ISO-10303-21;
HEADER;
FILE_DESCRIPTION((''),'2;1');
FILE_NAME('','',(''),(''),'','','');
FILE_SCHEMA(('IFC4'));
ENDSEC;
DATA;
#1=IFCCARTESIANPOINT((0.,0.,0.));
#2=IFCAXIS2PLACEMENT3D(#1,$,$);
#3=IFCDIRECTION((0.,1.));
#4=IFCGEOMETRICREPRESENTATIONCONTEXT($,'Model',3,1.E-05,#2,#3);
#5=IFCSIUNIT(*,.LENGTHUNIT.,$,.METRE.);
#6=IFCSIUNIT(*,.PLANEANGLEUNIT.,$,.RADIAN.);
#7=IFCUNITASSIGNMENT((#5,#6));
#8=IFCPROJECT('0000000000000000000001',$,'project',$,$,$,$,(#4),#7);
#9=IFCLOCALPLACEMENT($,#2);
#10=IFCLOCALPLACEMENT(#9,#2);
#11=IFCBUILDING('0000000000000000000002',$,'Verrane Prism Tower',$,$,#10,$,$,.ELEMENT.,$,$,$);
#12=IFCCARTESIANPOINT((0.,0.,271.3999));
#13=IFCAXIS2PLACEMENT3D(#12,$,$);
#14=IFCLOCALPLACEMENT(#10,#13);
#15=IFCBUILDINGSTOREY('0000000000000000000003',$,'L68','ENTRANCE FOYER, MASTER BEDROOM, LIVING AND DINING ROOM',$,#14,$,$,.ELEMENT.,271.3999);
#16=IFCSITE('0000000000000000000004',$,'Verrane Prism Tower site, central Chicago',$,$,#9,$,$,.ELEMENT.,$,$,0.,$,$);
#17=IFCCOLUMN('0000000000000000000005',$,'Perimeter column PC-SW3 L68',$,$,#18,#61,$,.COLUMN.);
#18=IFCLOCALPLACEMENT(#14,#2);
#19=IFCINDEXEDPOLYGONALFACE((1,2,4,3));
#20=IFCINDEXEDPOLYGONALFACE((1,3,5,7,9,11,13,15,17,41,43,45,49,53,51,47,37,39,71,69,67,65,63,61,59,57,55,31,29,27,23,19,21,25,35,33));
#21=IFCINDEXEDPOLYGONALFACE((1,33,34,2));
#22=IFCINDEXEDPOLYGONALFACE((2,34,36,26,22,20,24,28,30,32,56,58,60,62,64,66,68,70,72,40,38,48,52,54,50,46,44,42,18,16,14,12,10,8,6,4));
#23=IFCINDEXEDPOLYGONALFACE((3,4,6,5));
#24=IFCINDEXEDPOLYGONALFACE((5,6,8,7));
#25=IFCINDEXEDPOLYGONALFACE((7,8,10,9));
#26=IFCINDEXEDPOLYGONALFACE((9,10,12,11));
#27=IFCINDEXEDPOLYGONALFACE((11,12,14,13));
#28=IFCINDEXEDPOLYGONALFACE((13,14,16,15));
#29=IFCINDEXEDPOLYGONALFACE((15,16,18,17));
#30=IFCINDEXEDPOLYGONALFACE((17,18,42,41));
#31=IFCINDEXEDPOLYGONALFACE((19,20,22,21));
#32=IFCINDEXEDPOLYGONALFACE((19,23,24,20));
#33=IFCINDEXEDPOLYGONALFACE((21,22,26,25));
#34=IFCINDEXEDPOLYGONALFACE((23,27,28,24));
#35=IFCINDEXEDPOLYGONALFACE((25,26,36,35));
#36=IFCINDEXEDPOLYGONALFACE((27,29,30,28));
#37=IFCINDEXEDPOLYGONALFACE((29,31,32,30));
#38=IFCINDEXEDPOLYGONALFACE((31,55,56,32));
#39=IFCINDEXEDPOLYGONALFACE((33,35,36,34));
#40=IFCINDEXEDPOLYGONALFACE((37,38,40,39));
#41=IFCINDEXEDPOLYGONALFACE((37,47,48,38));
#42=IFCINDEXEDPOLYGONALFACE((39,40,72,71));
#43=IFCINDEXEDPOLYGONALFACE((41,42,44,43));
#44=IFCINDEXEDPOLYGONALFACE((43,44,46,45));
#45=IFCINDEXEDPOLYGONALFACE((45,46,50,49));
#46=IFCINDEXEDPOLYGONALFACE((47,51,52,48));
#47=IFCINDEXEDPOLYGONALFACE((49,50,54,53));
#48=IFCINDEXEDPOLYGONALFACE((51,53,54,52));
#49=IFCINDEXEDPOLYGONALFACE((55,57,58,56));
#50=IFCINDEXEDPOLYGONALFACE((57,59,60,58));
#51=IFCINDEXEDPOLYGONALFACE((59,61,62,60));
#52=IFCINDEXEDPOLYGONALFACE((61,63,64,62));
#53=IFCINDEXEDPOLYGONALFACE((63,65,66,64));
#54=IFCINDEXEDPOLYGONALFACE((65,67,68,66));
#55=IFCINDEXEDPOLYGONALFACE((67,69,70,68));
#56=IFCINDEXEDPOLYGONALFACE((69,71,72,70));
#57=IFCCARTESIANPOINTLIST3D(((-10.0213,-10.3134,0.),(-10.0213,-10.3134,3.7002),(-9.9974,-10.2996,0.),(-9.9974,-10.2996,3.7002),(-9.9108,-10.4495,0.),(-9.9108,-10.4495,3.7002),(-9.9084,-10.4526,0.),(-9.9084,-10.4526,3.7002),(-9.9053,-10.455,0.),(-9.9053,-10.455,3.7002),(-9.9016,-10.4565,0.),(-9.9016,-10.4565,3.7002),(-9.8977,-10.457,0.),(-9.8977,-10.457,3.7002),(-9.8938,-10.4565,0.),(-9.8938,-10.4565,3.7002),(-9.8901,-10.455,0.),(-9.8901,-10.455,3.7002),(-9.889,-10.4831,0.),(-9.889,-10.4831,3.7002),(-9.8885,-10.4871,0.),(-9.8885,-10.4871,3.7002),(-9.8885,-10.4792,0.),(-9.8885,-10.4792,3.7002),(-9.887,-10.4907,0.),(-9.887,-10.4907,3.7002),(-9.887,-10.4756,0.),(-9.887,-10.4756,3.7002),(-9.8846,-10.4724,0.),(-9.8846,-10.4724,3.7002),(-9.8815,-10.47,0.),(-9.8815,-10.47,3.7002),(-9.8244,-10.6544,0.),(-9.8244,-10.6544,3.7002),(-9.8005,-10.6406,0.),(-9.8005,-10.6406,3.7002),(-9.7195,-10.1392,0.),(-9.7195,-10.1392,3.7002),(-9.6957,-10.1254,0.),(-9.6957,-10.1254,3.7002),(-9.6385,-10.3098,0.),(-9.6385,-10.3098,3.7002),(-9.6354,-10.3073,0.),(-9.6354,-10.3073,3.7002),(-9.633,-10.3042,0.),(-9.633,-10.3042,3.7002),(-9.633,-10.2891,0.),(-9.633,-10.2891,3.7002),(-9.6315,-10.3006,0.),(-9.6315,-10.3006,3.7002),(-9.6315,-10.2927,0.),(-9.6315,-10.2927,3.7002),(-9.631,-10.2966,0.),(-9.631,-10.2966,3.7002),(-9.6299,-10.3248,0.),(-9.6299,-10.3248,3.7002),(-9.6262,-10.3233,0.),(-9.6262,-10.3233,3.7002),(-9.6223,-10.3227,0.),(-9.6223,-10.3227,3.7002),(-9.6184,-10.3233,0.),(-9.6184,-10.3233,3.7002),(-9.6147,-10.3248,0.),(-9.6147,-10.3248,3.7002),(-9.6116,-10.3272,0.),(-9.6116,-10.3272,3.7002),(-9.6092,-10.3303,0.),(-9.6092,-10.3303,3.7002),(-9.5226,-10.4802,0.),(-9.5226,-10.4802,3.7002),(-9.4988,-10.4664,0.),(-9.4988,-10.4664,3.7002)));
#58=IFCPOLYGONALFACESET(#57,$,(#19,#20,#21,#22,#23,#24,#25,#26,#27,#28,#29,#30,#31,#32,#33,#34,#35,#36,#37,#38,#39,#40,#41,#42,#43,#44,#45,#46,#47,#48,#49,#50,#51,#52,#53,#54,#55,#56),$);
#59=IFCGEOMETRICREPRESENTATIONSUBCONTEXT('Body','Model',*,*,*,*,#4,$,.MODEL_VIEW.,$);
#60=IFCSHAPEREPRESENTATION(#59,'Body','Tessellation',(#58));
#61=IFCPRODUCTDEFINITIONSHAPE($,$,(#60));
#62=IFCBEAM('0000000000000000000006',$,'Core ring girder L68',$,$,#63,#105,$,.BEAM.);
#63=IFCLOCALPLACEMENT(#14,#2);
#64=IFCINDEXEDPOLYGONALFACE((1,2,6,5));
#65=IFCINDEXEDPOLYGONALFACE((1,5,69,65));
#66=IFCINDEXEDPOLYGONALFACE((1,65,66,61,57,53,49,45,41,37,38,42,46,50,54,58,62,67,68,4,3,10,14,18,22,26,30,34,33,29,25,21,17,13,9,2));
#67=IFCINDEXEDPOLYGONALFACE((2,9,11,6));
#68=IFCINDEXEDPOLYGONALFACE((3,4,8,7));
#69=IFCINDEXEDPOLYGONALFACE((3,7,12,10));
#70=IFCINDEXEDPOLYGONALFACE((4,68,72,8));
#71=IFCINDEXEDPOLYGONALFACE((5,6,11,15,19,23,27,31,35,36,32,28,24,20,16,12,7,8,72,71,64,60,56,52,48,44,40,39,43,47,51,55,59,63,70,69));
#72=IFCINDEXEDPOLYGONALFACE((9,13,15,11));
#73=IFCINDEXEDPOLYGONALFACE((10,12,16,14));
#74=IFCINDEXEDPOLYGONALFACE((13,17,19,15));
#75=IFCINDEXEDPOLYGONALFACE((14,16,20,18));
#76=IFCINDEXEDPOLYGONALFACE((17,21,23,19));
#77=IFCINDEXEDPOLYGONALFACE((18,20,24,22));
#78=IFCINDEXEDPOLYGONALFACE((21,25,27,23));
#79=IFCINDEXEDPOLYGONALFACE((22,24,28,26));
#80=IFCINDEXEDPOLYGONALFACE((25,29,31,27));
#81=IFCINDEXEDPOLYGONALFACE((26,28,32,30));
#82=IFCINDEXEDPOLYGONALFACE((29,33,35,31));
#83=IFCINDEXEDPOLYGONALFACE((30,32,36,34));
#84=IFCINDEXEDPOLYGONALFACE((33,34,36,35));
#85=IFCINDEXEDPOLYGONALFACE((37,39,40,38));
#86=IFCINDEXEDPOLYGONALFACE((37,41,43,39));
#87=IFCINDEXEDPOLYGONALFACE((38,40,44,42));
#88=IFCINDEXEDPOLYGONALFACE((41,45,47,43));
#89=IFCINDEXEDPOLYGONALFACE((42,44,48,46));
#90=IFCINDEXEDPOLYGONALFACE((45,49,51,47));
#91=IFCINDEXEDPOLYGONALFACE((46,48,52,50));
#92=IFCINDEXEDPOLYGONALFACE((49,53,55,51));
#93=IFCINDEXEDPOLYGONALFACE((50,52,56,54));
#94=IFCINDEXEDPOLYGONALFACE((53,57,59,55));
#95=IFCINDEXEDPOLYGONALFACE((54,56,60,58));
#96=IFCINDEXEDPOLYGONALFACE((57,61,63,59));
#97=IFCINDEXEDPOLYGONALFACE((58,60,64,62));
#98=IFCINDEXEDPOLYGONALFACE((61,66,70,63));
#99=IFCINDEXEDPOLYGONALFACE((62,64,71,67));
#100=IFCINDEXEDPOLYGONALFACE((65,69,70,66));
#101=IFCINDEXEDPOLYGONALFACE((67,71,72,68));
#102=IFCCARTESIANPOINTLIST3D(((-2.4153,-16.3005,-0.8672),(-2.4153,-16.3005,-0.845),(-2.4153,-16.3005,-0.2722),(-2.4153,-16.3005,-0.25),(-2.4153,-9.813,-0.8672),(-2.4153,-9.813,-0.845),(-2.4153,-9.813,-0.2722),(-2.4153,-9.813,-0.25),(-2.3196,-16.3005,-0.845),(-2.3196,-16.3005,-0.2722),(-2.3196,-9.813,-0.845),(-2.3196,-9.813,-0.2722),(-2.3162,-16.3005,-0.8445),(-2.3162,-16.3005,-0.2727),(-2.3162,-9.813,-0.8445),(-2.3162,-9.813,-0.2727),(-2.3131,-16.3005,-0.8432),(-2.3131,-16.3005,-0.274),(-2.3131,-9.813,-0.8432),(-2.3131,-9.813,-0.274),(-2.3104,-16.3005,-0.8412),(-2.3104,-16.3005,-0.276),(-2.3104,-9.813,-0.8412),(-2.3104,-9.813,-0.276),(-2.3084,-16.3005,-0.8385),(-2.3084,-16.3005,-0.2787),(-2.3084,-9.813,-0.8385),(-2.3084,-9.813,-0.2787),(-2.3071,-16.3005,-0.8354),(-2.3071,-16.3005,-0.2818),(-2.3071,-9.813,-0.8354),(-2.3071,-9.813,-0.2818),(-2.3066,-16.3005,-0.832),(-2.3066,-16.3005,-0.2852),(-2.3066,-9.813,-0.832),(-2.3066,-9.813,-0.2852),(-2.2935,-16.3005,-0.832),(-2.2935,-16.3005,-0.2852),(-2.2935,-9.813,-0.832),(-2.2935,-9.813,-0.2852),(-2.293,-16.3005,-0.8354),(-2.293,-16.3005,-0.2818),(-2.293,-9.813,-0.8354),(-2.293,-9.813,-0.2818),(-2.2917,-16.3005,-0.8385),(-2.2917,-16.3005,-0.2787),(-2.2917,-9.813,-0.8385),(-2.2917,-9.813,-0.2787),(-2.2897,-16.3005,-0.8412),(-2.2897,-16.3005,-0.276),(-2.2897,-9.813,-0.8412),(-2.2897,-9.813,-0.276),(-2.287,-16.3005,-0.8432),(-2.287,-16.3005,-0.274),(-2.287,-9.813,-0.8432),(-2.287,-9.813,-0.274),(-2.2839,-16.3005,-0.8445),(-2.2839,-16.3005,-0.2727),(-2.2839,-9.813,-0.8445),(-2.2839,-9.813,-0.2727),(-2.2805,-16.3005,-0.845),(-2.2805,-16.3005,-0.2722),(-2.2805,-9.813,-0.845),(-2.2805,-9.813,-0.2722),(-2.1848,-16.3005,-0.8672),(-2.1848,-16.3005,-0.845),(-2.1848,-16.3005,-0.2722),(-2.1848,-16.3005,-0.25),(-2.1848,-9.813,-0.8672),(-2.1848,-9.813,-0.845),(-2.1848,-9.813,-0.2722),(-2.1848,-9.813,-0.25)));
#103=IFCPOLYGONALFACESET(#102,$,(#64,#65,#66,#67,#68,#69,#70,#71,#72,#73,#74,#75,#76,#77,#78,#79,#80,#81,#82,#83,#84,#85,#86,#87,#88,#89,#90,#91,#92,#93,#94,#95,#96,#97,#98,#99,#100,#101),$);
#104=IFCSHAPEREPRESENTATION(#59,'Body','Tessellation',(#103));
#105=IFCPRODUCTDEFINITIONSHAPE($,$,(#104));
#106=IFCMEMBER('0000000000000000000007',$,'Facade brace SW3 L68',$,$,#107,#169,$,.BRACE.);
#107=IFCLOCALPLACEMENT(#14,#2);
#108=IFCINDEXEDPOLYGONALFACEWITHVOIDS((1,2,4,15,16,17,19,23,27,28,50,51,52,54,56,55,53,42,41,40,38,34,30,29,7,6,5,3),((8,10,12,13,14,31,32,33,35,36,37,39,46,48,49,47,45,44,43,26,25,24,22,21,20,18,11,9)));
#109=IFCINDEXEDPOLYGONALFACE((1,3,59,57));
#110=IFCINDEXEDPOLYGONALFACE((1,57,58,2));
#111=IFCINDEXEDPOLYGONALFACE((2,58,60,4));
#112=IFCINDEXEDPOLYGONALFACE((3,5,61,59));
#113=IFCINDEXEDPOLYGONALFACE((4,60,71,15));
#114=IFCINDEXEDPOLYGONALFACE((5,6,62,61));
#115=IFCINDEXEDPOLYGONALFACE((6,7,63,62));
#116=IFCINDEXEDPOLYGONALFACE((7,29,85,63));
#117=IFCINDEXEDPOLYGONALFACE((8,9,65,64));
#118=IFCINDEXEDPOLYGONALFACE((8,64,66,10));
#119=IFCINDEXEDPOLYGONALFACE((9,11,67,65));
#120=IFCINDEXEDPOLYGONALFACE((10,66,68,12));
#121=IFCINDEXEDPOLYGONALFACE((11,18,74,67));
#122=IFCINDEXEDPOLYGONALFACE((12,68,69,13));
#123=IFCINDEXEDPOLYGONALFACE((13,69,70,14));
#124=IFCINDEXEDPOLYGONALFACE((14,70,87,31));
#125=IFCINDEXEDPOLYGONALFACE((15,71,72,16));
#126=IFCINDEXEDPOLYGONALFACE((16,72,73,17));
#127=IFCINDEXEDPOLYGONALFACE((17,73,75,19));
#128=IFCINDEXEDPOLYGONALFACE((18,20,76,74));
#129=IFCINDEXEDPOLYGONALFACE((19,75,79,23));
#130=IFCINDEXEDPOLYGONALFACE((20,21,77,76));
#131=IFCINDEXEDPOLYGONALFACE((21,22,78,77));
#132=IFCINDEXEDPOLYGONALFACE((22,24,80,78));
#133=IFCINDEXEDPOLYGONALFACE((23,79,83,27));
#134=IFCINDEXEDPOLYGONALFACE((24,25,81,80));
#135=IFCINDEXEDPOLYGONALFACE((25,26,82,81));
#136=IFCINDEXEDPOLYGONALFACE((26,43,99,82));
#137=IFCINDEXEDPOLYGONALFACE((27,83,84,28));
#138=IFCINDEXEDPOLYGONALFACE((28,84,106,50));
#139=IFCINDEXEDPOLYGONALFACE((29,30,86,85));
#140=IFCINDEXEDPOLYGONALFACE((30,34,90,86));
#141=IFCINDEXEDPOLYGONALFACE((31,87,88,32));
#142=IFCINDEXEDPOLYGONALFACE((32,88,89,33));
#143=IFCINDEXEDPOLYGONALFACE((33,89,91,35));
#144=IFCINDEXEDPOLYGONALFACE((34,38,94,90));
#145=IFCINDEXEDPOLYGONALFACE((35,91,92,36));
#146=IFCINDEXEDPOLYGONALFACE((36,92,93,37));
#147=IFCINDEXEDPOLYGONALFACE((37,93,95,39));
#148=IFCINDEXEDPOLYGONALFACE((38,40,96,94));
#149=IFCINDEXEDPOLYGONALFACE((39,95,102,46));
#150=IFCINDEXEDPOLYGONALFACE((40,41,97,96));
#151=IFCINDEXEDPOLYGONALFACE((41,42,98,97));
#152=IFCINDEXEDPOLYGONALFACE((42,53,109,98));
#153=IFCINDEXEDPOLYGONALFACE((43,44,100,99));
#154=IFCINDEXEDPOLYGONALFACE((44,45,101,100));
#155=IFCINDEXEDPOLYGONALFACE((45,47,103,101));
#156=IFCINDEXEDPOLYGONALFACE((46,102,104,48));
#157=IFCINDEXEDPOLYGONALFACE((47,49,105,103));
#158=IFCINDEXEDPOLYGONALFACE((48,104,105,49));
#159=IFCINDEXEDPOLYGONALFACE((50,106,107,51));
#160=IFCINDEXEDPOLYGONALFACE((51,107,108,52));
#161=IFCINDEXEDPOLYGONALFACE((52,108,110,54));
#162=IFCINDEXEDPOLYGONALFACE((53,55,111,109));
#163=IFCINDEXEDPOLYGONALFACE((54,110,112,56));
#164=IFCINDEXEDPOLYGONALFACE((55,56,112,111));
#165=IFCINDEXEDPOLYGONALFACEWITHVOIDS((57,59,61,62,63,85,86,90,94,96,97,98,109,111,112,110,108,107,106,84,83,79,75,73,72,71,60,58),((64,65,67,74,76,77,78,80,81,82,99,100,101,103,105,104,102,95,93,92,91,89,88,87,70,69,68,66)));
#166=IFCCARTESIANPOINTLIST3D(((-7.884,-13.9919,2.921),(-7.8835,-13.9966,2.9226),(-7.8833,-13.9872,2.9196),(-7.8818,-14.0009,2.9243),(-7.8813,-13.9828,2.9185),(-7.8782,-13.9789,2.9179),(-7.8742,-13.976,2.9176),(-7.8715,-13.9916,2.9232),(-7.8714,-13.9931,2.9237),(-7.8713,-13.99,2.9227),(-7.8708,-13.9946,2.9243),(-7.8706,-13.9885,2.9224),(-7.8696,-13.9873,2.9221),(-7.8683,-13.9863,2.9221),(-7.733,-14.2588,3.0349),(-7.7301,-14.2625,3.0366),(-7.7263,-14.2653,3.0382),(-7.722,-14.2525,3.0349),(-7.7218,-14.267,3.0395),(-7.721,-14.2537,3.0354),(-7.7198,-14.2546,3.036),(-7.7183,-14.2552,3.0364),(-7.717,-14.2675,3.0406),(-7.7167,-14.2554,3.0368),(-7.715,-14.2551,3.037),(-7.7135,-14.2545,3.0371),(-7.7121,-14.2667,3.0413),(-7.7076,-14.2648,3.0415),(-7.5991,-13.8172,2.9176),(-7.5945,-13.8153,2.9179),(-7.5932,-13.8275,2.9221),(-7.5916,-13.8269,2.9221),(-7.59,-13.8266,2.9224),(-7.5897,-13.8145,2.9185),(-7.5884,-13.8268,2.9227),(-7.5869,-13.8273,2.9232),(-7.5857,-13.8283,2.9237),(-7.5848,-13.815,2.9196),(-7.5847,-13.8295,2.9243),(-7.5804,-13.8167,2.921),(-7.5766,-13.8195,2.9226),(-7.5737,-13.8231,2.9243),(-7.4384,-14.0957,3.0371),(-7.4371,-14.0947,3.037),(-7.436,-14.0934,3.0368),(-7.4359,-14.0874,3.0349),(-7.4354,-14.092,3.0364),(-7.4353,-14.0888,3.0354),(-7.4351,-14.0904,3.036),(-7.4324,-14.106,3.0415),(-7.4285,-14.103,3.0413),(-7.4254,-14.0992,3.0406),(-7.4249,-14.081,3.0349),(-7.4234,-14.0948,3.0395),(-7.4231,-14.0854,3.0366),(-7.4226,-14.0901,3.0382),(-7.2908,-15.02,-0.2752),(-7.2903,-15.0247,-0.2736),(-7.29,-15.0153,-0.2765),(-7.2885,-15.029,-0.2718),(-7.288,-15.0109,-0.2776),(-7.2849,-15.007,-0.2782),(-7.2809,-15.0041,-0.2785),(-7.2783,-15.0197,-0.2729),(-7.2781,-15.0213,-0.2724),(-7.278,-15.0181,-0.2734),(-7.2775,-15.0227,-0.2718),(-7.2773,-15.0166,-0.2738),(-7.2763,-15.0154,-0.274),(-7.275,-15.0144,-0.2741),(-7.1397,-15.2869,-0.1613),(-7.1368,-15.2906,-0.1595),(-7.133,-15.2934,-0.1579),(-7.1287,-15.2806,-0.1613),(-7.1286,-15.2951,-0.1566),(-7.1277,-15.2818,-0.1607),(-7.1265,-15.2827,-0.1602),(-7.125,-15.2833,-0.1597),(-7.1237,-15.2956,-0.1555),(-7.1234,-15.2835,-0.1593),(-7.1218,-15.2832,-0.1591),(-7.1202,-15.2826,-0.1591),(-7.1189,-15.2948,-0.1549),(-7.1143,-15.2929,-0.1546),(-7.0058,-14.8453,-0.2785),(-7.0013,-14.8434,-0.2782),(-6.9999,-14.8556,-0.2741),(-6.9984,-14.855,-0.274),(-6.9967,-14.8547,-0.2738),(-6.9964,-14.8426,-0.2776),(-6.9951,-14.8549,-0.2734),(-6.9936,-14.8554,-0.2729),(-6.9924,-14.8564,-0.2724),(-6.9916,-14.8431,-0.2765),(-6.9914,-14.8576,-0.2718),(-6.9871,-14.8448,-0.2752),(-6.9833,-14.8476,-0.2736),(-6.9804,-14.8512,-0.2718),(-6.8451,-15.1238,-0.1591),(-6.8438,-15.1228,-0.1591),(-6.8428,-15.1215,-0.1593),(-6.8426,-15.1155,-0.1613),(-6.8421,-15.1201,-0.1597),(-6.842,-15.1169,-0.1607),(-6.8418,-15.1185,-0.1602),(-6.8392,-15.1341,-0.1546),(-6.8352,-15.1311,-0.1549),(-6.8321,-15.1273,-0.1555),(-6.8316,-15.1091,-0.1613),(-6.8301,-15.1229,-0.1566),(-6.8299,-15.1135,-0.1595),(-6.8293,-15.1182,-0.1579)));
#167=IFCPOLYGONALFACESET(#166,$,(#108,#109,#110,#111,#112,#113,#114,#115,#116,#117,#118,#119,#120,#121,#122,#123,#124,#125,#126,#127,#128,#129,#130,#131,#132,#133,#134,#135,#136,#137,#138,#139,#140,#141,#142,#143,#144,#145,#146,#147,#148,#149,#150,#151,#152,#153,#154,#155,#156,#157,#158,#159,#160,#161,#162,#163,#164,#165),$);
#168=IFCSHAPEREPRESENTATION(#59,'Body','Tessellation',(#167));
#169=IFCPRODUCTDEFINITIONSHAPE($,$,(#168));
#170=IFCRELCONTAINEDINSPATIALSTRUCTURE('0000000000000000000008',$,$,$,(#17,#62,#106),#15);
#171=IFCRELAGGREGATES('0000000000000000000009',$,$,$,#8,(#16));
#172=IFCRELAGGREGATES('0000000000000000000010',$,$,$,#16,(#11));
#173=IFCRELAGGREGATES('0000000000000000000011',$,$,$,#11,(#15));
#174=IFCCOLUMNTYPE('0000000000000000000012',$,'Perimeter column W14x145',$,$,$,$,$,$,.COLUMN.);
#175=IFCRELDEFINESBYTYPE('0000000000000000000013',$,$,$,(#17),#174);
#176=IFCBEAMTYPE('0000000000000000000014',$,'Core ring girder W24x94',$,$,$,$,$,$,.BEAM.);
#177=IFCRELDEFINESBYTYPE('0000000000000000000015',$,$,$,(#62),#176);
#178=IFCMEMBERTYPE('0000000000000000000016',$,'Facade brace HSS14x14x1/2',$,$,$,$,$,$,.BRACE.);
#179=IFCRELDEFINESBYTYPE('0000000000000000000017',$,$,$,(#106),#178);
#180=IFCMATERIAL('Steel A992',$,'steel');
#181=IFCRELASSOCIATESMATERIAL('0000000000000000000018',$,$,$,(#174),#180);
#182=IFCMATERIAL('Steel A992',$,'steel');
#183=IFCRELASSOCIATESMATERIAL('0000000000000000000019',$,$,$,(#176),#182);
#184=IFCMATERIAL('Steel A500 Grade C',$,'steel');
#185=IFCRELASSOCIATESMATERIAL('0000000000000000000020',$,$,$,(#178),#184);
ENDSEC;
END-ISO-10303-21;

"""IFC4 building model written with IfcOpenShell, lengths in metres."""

from ifc_helpers import new_model, si_unit, direction, frame, origin, origin_2d, place, context, subcontext, project, spatial, hollow_rectangle, i_section, extrude, material, material_profile, profile_set, type_object, element, save


model = new_model("IFC4")

# Units and contexts
model_context = context("Model", 3, precision=1e-05, world=origin(), true_north=direction((0.0, 1.0)))
body_context = subcontext(model_context, "Body", "Model", "MODEL_VIEW")
ifc_project = project(units=[si_unit("LENGTHUNIT", "METRE"), si_unit("PLANEANGLEUNIT", "RADIAN")], contexts=[model_context])

# Site, building, storey
site_placement = place(None, origin())
site = spatial("IfcSite", under=ifc_project, at=site_placement, Name="Verrane Prism Tower site, central Chicago", CompositionType="ELEMENT", RefElevation=0.0)
building_placement = place(site_placement, origin())
building = spatial("IfcBuilding", under=site, at=building_placement, Name="Verrane Prism Tower", CompositionType="ELEMENT")
storey_placement = place(building_placement, frame((0.0, 0.0, 271.3999)))
storey = spatial("IfcBuildingStorey", under=building, at=storey_placement, Name="L68", Description="ENTRANCE FOYER, MASTER BEDROOM, LIVING AND DINING ROOM", CompositionType="ELEMENT", Elevation=271.3999)

# Column
ifc_material_1 = material(Name="Steel A992", Category="steel")
ifc_material_profile_1 = material_profile(ifc_material_1, i_section(OverallWidth=0.3938, OverallDepth=0.376, WebThickness=0.0173, FlangeThickness=0.0276, FilletRadius=0.0151, at=origin_2d()), Name="W14x145")
ifc_profile_set_1 = profile_set([ifc_material_profile_1], Name="Steel A992")
column_type = type_object("IfcColumnType", Name="Perimeter column W14x145", PredefinedType="COLUMN", material=ifc_profile_set_1)
column_placement = place(storey_placement, frame((-9.76, -10.3899, 0.0), z_axis=(0.0, 0.0, 1.0), x_axis=(-0.5, 0.866025, 0.0)))
element("IfcColumn", 1, at=column_placement, inside=storey, type_object=column_type, Name="Perimeter column PC-SW3 L68", PredefinedType="COLUMN", context=body_context, shape_type="SweptSolid", body=[
    extrude(i_section(OverallWidth=0.3938, OverallDepth=0.376, WebThickness=0.0173, FlangeThickness=0.0276, FilletRadius=0.0151, at=origin_2d()), origin(), (0.0, 0.0, 1.0), 3.7002),
])

# Beam
ifc_material_2 = material(Name="Steel A992", Category="steel")
ifc_material_profile_2 = material_profile(ifc_material_2, i_section(OverallWidth=0.2305, OverallDepth=0.6172, WebThickness=0.0132, FlangeThickness=0.0222, FilletRadius=0.0129, at=origin_2d()), Name="W24x94")
ifc_profile_set_2 = profile_set([ifc_material_profile_2], Name="Steel A992")
beam_type_1 = type_object("IfcBeamType", Name="Core ring girder W24x94", PredefinedType="BEAM", material=ifc_profile_set_2)
beam_1_placement = place(storey_placement, frame((-2.3, -9.813, -0.5586), z_axis=(0.0, -1.0, 0.0), x_axis=(1.0, 0.0, 0.0)))
element("IfcBeam", 2, at=beam_1_placement, inside=storey, type_object=beam_type_1, Name="Core ring girder L68", PredefinedType="BEAM", context=body_context, shape_type="SweptSolid", body=[
    extrude(i_section(OverallWidth=0.2305, OverallDepth=0.6172, WebThickness=0.0132, FlangeThickness=0.0222, FilletRadius=0.0129, at=origin_2d()), origin(), (0.0, 0.0, 1.0), 6.4875),
])

# Member
ifc_material_3 = material(Name="Steel A500 Grade C", Category="steel")
ifc_material_profile_3 = material_profile(ifc_material_3, hollow_rectangle(XDim=0.3557, YDim=0.3557, WallThickness=0.0127, InnerFilletRadius=0.0063, OuterFilletRadius=0.019, at=origin_2d()), Name="HSS14x14x1/2")
ifc_profile_set_3 = profile_set([ifc_material_profile_3], Name="Steel A500 Grade C")
member_type_1 = type_object("IfcMemberType", Name="Facade brace HSS14x14x1/2", PredefinedType="BRACE", material=ifc_profile_set_3)
member_1_placement = place(storey_placement, frame((-7.0601, -15.0691, -0.2166), z_axis=(-0.174011, 0.301547, 0.937438), x_axis=(-0.866134, -0.499811, 0.0)))
element("IfcMember", 3, at=member_1_placement, inside=storey, type_object=member_type_1, Name="Facade brace SW3 L68", PredefinedType="BRACE", context=body_context, shape_type="SweptSolid", body=[
    extrude(hollow_rectangle(XDim=0.3557, YDim=0.3557, WallThickness=0.0127, InnerFilletRadius=0.0063, OuterFilletRadius=0.019, at=origin_2d()), origin(), (0.0, 0.0, 1.0), 3.4094),
])

save(model, "model.ifc")
